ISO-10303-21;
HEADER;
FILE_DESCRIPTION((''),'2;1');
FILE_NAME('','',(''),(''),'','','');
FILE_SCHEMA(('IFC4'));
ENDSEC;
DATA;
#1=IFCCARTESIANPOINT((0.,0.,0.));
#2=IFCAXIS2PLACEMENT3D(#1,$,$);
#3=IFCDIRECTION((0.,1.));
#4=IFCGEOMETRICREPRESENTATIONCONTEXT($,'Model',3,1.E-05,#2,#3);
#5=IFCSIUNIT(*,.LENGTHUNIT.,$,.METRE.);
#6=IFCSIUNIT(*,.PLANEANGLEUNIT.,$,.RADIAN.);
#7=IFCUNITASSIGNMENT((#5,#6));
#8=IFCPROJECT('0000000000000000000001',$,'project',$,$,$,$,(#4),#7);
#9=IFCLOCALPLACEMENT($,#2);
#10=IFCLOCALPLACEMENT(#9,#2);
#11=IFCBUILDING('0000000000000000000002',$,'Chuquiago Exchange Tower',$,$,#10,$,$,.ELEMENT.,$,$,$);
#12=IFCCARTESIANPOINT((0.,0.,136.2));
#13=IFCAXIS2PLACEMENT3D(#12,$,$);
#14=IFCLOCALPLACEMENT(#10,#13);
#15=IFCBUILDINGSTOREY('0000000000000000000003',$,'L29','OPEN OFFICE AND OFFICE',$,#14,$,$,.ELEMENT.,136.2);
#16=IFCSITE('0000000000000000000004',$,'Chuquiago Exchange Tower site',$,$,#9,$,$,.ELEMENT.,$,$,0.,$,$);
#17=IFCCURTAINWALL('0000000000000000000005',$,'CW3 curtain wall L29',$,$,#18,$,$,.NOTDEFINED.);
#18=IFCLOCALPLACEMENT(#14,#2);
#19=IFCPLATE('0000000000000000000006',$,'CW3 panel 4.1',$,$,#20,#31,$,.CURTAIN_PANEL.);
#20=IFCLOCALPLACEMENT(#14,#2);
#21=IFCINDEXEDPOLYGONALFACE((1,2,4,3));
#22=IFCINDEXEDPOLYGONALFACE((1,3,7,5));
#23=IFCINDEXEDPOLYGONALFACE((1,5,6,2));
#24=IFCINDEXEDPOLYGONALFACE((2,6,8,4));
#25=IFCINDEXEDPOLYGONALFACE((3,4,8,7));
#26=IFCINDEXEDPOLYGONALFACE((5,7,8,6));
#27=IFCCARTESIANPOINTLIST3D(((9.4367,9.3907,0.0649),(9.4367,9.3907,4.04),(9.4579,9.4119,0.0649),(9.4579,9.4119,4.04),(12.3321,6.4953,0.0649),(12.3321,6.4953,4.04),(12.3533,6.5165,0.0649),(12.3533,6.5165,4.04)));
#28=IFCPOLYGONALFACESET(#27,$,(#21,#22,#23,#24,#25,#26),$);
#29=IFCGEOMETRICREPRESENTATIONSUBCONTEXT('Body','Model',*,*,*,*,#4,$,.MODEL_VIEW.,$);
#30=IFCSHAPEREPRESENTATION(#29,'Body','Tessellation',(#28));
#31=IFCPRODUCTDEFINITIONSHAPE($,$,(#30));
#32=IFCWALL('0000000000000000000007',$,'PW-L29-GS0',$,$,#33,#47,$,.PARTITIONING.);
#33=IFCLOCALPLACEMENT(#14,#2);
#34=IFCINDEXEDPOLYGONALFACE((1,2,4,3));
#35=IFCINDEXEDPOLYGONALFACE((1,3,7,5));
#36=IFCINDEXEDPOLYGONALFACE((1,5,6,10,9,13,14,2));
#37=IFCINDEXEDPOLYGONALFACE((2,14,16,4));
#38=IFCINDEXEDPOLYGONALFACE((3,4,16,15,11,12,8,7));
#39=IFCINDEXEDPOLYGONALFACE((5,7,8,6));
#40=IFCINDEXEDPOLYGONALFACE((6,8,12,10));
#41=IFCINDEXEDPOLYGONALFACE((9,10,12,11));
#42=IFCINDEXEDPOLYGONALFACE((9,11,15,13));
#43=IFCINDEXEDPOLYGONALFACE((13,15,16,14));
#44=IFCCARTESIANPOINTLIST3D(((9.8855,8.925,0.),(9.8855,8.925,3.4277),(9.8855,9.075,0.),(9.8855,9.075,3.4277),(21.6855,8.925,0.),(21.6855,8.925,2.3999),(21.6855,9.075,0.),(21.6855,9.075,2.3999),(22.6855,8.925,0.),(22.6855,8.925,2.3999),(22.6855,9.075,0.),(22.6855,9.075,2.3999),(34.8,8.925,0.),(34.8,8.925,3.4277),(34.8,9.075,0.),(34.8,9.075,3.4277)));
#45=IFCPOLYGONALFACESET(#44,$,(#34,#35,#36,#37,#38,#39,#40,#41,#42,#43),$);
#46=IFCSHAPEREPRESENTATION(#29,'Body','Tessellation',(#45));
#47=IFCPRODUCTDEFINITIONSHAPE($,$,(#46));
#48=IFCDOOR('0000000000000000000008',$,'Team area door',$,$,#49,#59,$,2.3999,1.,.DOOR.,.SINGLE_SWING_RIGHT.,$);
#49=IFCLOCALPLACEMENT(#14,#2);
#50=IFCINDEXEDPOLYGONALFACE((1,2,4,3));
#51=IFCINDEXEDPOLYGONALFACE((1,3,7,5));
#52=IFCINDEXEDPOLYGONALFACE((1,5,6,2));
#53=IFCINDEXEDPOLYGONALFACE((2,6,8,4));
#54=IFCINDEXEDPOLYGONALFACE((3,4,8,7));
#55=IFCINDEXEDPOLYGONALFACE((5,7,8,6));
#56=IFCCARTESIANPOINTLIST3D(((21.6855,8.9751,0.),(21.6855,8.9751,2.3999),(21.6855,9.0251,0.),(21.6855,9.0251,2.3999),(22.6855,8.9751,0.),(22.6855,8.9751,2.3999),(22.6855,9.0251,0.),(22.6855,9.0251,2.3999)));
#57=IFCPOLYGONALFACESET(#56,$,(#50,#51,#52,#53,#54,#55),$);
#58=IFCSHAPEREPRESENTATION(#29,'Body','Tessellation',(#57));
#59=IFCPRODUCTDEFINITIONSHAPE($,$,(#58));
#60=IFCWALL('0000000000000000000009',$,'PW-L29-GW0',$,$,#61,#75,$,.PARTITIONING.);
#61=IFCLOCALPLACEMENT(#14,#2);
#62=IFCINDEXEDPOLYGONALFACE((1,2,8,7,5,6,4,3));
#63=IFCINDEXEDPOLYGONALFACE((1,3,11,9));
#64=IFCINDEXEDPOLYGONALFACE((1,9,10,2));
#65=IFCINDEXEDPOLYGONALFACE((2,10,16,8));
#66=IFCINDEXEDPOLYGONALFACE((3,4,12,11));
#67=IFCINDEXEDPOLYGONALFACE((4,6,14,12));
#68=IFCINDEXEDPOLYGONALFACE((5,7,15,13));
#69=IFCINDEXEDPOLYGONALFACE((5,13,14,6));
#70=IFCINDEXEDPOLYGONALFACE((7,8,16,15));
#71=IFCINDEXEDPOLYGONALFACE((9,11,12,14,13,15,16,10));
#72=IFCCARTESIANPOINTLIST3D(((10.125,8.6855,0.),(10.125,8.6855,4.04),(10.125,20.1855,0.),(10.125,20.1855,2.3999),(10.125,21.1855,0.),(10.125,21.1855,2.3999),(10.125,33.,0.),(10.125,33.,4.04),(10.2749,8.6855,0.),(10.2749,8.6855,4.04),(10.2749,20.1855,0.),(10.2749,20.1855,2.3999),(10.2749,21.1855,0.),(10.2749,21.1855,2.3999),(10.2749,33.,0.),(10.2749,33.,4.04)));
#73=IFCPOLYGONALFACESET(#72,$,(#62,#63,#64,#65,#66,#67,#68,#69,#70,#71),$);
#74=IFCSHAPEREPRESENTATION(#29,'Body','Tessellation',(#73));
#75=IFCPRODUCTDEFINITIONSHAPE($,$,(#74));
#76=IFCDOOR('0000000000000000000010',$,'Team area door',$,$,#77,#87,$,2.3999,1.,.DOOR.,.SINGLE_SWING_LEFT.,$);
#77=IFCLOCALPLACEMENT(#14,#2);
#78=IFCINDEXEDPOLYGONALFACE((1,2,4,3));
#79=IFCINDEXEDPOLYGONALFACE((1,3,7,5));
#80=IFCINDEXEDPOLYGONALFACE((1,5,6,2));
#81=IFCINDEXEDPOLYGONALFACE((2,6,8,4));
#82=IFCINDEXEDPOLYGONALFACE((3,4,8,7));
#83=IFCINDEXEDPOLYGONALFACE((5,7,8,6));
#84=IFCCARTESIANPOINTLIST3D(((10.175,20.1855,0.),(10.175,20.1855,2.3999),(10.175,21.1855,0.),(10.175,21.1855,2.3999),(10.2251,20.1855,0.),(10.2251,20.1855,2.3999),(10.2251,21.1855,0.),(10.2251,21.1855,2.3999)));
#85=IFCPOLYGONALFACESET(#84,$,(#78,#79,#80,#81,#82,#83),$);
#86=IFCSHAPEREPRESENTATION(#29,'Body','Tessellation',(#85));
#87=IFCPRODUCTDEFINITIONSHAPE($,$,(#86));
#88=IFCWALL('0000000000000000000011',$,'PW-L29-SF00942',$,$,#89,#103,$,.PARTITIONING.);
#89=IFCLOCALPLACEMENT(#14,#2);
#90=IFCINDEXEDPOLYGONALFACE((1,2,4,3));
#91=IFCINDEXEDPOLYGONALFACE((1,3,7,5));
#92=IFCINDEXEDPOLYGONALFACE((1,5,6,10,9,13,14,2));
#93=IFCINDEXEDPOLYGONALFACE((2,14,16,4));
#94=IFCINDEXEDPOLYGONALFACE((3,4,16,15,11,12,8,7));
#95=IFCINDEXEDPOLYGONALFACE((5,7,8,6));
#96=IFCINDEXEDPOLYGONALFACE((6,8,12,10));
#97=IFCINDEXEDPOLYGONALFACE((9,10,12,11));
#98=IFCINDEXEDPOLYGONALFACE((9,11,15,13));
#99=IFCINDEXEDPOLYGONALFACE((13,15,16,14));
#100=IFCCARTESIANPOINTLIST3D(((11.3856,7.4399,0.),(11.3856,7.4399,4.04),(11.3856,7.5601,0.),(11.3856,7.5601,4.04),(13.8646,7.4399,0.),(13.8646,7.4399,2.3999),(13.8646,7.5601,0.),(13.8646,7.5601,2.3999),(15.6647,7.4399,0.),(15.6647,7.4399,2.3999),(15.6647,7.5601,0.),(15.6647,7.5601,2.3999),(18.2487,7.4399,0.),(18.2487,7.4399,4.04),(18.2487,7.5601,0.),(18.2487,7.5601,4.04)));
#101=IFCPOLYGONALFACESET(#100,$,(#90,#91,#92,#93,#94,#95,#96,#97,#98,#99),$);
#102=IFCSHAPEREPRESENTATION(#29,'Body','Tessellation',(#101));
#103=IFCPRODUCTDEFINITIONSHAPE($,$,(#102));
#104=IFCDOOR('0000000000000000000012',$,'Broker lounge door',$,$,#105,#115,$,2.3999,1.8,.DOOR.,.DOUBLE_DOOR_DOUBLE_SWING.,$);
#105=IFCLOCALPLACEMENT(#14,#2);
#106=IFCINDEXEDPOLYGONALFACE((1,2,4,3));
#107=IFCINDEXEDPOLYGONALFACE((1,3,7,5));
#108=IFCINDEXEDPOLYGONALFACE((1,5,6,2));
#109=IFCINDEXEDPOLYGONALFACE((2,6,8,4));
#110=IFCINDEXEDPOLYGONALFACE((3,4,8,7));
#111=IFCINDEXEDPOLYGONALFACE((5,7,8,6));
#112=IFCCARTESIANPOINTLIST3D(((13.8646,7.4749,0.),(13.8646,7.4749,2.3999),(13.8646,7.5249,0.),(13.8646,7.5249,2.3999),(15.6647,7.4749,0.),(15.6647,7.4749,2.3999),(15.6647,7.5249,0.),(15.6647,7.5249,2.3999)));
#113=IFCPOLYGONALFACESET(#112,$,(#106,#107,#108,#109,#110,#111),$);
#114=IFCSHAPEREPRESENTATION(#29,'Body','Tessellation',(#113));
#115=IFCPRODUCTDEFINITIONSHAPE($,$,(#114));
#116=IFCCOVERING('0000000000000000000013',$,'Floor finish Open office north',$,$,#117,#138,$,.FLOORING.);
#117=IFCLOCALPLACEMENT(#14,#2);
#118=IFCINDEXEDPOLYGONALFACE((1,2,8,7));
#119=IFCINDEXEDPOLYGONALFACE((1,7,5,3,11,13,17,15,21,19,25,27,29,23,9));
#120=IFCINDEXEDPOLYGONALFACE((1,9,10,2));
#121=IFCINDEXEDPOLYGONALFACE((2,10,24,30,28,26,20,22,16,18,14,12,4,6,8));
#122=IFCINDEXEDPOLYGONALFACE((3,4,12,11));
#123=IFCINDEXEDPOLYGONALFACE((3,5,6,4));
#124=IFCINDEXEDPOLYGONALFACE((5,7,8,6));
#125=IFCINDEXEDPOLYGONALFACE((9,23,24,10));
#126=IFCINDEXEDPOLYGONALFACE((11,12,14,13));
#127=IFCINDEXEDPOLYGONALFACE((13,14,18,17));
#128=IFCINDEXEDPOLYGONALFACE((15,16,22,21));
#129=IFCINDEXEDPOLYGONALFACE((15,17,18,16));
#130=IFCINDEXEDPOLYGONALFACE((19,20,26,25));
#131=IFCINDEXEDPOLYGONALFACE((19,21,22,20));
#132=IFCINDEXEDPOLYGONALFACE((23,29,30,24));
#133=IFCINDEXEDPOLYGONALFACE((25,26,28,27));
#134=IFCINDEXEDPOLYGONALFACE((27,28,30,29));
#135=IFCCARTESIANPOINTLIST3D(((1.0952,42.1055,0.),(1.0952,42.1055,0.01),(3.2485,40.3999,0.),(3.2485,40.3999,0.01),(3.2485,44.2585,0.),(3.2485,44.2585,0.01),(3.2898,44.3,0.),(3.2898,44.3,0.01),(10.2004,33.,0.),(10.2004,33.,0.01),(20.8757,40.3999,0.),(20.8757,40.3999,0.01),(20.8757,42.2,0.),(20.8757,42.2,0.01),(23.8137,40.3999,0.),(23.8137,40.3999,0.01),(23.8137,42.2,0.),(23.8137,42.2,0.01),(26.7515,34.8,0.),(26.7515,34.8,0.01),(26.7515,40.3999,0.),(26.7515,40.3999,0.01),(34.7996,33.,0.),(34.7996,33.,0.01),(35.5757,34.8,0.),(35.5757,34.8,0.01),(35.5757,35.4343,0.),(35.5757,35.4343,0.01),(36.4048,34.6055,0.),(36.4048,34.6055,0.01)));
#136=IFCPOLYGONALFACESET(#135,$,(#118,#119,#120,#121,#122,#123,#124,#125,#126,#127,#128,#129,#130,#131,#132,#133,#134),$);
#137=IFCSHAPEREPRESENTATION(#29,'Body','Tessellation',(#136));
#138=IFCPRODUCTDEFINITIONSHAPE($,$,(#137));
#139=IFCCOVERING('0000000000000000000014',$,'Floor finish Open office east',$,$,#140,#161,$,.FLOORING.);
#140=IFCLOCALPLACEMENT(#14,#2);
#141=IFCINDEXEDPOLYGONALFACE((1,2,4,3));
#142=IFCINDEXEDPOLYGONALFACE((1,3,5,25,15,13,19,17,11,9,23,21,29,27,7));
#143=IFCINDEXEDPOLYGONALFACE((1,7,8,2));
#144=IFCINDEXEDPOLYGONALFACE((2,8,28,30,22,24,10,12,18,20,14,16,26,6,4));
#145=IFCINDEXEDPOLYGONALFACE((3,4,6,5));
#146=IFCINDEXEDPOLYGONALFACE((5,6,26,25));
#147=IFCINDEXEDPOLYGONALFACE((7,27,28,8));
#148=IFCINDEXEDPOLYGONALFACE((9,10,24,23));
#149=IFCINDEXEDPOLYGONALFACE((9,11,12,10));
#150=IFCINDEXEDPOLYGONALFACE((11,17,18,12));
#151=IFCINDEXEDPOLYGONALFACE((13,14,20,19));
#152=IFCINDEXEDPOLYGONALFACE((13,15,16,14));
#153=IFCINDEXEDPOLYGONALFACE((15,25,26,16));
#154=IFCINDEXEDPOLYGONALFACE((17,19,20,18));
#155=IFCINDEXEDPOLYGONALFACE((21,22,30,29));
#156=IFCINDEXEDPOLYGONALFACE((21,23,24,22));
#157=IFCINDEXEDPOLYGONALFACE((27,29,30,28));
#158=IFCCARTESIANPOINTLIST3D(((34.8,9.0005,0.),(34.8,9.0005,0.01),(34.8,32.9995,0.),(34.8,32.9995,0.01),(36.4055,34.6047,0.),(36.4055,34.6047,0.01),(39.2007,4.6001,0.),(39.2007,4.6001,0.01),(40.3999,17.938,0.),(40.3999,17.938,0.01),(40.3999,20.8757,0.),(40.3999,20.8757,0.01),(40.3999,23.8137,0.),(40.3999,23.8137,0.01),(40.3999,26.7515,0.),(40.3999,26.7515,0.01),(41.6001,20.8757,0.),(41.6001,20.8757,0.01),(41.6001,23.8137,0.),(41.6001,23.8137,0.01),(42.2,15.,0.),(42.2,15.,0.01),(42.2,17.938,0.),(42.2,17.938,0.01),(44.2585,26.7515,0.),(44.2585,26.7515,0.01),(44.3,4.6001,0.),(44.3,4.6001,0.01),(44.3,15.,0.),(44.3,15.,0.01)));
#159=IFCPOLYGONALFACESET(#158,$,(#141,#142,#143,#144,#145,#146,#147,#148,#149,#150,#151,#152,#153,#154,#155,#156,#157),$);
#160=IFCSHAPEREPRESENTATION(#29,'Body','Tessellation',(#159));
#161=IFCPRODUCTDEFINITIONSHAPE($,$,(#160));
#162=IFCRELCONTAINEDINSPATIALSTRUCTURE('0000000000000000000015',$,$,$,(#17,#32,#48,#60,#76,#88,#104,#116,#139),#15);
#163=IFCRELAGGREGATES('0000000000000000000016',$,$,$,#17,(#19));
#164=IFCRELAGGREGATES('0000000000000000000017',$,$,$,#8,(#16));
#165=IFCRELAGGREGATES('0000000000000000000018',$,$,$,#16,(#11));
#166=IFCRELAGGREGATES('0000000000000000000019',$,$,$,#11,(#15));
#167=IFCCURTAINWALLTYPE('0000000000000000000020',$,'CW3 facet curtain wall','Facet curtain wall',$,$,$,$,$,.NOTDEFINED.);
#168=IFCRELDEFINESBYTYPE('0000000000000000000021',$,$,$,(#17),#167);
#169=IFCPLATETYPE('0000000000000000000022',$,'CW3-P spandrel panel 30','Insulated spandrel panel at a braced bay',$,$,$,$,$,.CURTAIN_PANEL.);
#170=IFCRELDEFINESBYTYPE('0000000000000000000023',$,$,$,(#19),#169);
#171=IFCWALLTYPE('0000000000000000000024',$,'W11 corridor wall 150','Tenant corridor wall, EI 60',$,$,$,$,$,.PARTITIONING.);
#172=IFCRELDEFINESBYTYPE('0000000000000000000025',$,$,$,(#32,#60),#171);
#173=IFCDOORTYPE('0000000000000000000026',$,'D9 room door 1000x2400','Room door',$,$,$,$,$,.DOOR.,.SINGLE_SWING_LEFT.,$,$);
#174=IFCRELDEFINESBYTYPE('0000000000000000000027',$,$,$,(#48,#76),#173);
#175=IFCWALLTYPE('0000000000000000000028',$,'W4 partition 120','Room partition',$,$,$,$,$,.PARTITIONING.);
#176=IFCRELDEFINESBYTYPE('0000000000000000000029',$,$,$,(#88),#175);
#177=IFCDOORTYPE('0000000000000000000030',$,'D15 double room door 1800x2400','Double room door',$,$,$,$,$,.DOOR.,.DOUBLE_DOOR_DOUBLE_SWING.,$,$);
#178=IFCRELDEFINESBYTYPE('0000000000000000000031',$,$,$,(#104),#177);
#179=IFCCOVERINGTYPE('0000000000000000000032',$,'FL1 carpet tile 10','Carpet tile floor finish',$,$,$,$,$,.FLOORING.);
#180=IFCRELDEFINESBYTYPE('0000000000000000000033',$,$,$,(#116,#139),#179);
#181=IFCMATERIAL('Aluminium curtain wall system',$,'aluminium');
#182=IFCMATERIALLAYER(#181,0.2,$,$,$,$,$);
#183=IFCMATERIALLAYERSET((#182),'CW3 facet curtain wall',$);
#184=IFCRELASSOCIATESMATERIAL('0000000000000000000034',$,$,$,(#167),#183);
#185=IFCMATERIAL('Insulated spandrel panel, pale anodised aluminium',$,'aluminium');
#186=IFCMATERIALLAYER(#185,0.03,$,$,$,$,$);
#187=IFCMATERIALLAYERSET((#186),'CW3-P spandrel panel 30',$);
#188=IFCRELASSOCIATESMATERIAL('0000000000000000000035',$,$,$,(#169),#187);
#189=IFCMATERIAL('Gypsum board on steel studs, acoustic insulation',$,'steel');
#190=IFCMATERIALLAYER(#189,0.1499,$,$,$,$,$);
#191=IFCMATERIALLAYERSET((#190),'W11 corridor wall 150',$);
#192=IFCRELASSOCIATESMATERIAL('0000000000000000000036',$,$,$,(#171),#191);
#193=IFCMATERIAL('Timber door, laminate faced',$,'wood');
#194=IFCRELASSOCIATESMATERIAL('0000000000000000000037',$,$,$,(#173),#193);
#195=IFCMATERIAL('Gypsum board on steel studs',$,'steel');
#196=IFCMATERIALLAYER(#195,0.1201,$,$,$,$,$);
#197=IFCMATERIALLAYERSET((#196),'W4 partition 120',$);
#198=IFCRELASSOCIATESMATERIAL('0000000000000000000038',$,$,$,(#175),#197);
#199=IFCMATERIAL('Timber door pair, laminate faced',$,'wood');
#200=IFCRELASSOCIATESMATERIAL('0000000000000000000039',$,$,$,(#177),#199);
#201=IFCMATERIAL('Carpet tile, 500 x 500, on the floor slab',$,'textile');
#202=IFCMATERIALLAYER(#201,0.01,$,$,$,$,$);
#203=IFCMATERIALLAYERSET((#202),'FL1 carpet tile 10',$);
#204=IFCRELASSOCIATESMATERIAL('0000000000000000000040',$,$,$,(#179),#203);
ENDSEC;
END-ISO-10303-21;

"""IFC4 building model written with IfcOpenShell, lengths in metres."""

from ifc_helpers import new_model, si_unit, direction, frame, frame_2d, origin, origin_2d, place, context, subcontext, project, spatial, polyline, rectangle, outline, extrude, material, layer, layer_set, type_object, element, fill, aggregate, save


model = new_model("IFC4")

# Units and contexts
model_context = context("Model", 3, precision=1e-05, world=origin(), true_north=direction((0.0, 1.0)))
body_context = subcontext(model_context, "Body", "Model", "MODEL_VIEW")
ifc_project = project(units=[si_unit("LENGTHUNIT", "METRE"), si_unit("PLANEANGLEUNIT", "RADIAN")], contexts=[model_context])

# Site, building, storey
site_placement = place(None, origin())
site = spatial("IfcSite", under=ifc_project, at=site_placement, Name="Chuquiago Exchange Tower site", CompositionType="ELEMENT", RefElevation=0.0)
building_placement = place(site_placement, origin())
building = spatial("IfcBuilding", under=site, at=building_placement, Name="Chuquiago Exchange Tower", CompositionType="ELEMENT")
storey_placement = place(building_placement, frame((0.0, 0.0, 136.2)))
storey = spatial("IfcBuildingStorey", under=building, at=storey_placement, Name="L29", Description="OPEN OFFICE AND OFFICE", CompositionType="ELEMENT", Elevation=136.2)

# Curtain wall
ifc_material_1 = material(Name="Aluminium curtain wall system", Category="aluminium")
ifc_layer_1 = layer(ifc_material_1, 0.2)
ifc_layer_set_1 = layer_set([ifc_layer_1], Name="CW3 facet curtain wall")
curtain_wall_type = type_object("IfcCurtainWallType", Name="CW3 facet curtain wall", Description="Facet curtain wall", PredefinedType="NOTDEFINED", material=ifc_layer_set_1)
curtain_wall_placement = place(storey_placement, origin())
curtain_wall = element("IfcCurtainWall", 1, at=curtain_wall_placement, inside=storey, type_object=curtain_wall_type, Name="CW3 curtain wall L29", PredefinedType="NOTDEFINED")

# Plate
ifc_material_2 = material(Name="Insulated spandrel panel, pale anodised aluminium", Category="aluminium")
ifc_layer_2 = layer(ifc_material_2, 0.03)
ifc_layer_set_2 = layer_set([ifc_layer_2], Name="CW3-P spandrel panel 30")
plate_type = type_object("IfcPlateType", Name="CW3-P spandrel panel 30", Description="Insulated spandrel panel at a braced bay", PredefinedType="CURTAIN_PANEL", material=ifc_layer_set_2)
plate_1_placement = place(storey_placement, frame((10.895, 7.9536, 0.0649), z_axis=(0.0, 0.0, 1.0), x_axis=(0.707107, -0.707107, 0.0)))
plate_1 = element("IfcPlate", 2, at=plate_1_placement, type_object=plate_type, Name="CW3 panel 4.1", PredefinedType="CURTAIN_PANEL", context=body_context, shape_type="SweptSolid", body=[
    extrude(rectangle(XDim=4.0947, YDim=0.03, at=origin_2d()), origin(), (0.0, 0.0, 1.0), 3.9751),
])
aggregate(curtain_wall, [plate_1])

# Walls, openings, doors
ifc_material_3 = material(Name="Gypsum board on steel studs, acoustic insulation", Category="steel")
ifc_layer_3 = layer(ifc_material_3, 0.1499)
ifc_layer_set_3 = layer_set([ifc_layer_3], Name="W11 corridor wall 150")
wall_type_1 = type_object("IfcWallType", Name="W11 corridor wall 150", Description="Tenant corridor wall, EI 60", PredefinedType="PARTITIONING", material=ifc_layer_set_3)
wall_1_placement = place(storey_placement, frame((9.8855, 9.0, 0.0), z_axis=(0.0, 0.0, 1.0), x_axis=(1.0, 0.0, 0.0)))
wall_1 = element("IfcWall", 3, at=wall_1_placement, inside=storey, type_object=wall_type_1, Name="PW-L29-GS0", PredefinedType="PARTITIONING", context=body_context, shape_type="SweptSolid", body=[
    extrude(rectangle(XDim=24.9146, YDim=0.1499, at=frame_2d((12.4573, 0.0))), origin(), (0.0, 0.0, 1.0), 3.4277),
])
opening_1_placement = place(wall_1_placement, frame((11.8, 0.0, 0.0)))
opening_1 = element("IfcOpeningElement", 4, at=opening_1_placement, cuts=wall_1, PredefinedType="OPENING", context=body_context, shape_type="SweptSolid", body=[
    extrude(rectangle(XDim=1.0, YDim=2.3999, at=frame_2d((0.5, 1.2))), frame((0.0, 0.085, 0.0), z_axis=(0.0, -1.0, 0.0), x_axis=(1.0, 0.0, 0.0)), (0.0, 0.0, 1.0), 0.1699),
])
ifc_material_4 = material(Name="Timber door, laminate faced", Category="wood")
door_type_1 = type_object("IfcDoorType", Name="D9 room door 1000x2400", Description="Room door", OperationType="SINGLE_SWING_LEFT", PredefinedType="DOOR", material=ifc_material_4)
door_1_placement = place(opening_1_placement, frame((1.0, 0.0, 0.0), z_axis=(0.0, 0.0, 1.0), x_axis=(-1.0, 0.0, 0.0)))
door_1 = element("IfcDoor", 5, at=door_1_placement, inside=storey, type_object=door_type_1, Name="Team area door", OperationType="SINGLE_SWING_RIGHT", OverallHeight=2.3999, OverallWidth=1.0, PredefinedType="DOOR", context=body_context, shape_type="SweptSolid", body=[
    extrude(rectangle(XDim=1.0, YDim=2.3999, at=frame_2d((0.5, 1.2))), frame((0.0, 0.0249, 0.0), z_axis=(0.0, -1.0, 0.0), x_axis=(1.0, 0.0, 0.0)), (0.0, 0.0, 1.0), 0.05),
])
fill(opening_1, door_1)
wall_2_placement = place(storey_placement, frame((10.2, 8.6855, 0.0), z_axis=(0.0, 0.0, 1.0), x_axis=(0.0, 1.0, 0.0)))
wall_2 = element("IfcWall", 6, at=wall_2_placement, inside=storey, type_object=wall_type_1, Name="PW-L29-GW0", PredefinedType="PARTITIONING", context=body_context, shape_type="SweptSolid", body=[
    extrude(rectangle(XDim=24.3145, YDim=0.1499, at=frame_2d((12.1572, 0.0))), origin(), (0.0, 0.0, 1.0), 4.04),
])
opening_2_placement = place(wall_2_placement, frame((11.5, 0.0, 0.0)))
opening_2 = element("IfcOpeningElement", 7, at=opening_2_placement, cuts=wall_2, PredefinedType="OPENING", context=body_context, shape_type="SweptSolid", body=[
    extrude(rectangle(XDim=1.0, YDim=2.3999, at=frame_2d((0.5, 1.2))), frame((0.0, 0.085, 0.0), z_axis=(0.0, -1.0, 0.0), x_axis=(1.0, 0.0, 0.0)), (0.0, 0.0, 1.0), 0.1699),
])
door_2_placement = place(opening_2_placement, origin())
door_2 = element("IfcDoor", 8, at=door_2_placement, inside=storey, type_object=door_type_1, Name="Team area door", OperationType="SINGLE_SWING_LEFT", OverallHeight=2.3999, OverallWidth=1.0, PredefinedType="DOOR", context=body_context, shape_type="SweptSolid", body=[
    extrude(rectangle(XDim=1.0, YDim=2.3999, at=frame_2d((0.5, 1.2))), frame((0.0, 0.0249, 0.0), z_axis=(0.0, -1.0, 0.0), x_axis=(1.0, 0.0, 0.0)), (0.0, 0.0, 1.0), 0.05),
])
fill(opening_2, door_2)
ifc_material_5 = material(Name="Gypsum board on steel studs", Category="steel")
ifc_layer_4 = layer(ifc_material_5, 0.1201)
ifc_layer_set_4 = layer_set([ifc_layer_4], Name="W4 partition 120")
wall_type_2 = type_object("IfcWallType", Name="W4 partition 120", Description="Room partition", PredefinedType="PARTITIONING", material=ifc_layer_set_4)
wall_3_placement = place(storey_placement, frame((11.3855, 7.5, 0.0), z_axis=(0.0, 0.0, 1.0), x_axis=(1.0, 0.0, 0.0)))
wall_3 = element("IfcWall", 9, at=wall_3_placement, inside=storey, type_object=wall_type_2, Name="PW-L29-SF00942", PredefinedType="PARTITIONING", context=body_context, shape_type="SweptSolid", body=[
    extrude(rectangle(XDim=6.863, YDim=0.1201, at=frame_2d((3.4316, 0.0))), origin(), (0.0, 0.0, 1.0), 4.04),
])
opening_3_placement = place(wall_3_placement, frame((2.4792, 0.0, 0.0)))
opening_3 = element("IfcOpeningElement", 10, at=opening_3_placement, cuts=wall_3, PredefinedType="OPENING", context=body_context, shape_type="SweptSolid", body=[
    extrude(rectangle(XDim=1.8, YDim=2.3999, at=frame_2d((0.8999, 1.2))), frame((0.0, 0.0701, 0.0), z_axis=(0.0, -1.0, 0.0), x_axis=(1.0, 0.0, 0.0)), (0.0, 0.0, 1.0), 0.1401),
])
ifc_material_6 = material(Name="Timber door pair, laminate faced", Category="wood")
door_type_2 = type_object("IfcDoorType", Name="D15 double room door 1800x2400", Description="Double room door", OperationType="DOUBLE_DOOR_DOUBLE_SWING", PredefinedType="DOOR", material=ifc_material_6)
door_3_placement = place(opening_3_placement, origin())
door_3 = element("IfcDoor", 11, at=door_3_placement, inside=storey, type_object=door_type_2, Name="Broker lounge door", OperationType="DOUBLE_DOOR_DOUBLE_SWING", OverallHeight=2.3999, OverallWidth=1.8, PredefinedType="DOOR", context=body_context, shape_type="SweptSolid", body=[
    extrude(rectangle(XDim=1.8, YDim=2.3999, at=frame_2d((0.8999, 1.2))), frame((0.0, 0.0249, 0.0), z_axis=(0.0, -1.0, 0.0), x_axis=(1.0, 0.0, 0.0)), (0.0, 0.0, 1.0), 0.05),
])
fill(opening_3, door_3)

# Coverings
ifc_material_7 = material(Name="Carpet tile, 500 x 500, on the floor slab", Category="textile")
ifc_layer_5 = layer(ifc_material_7, 0.01)
ifc_layer_set_5 = layer_set([ifc_layer_5], Name="FL1 carpet tile 10")
covering_type_1 = type_object("IfcCoveringType", Name="FL1 carpet tile 10", Description="Carpet tile floor finish", PredefinedType="FLOORING", material=ifc_layer_set_5)
covering_1_placement = place(storey_placement, origin())
element("IfcCovering", 12, at=covering_1_placement, inside=storey, type_object=covering_type_1, Name="Floor finish Open office north", PredefinedType="FLOORING", context=body_context, shape_type="SweptSolid", body=[
    extrude(outline(polyline([(3.2485, 44.2585), (3.2485, 40.3999), (20.8757, 40.3999), (20.8757, 42.2), (23.8137, 42.2), (23.8137, 40.3999), (26.7515, 40.3999), (26.7515, 34.8), (35.5757, 34.8), (35.5757, 35.4343), (36.4048, 34.6055), (34.7996, 33.0), (10.2004, 33.0), (1.0952, 42.1055), (3.2898, 44.3), (3.2485, 44.2585)])), origin(), (0.0, 0.0, 1.0), 0.01),
])
covering_2_placement = place(storey_placement, origin())
element("IfcCovering", 13, at=covering_2_placement, inside=storey, type_object=covering_type_1, Name="Floor finish Open office east", PredefinedType="FLOORING", context=body_context, shape_type="SweptSolid", body=[
    extrude(outline(polyline([(44.2585, 26.7515), (40.3999, 26.7515), (40.3999, 23.8137), (41.6001, 23.8137), (41.6001, 20.8757), (40.3999, 20.8757), (40.3999, 17.938), (42.2, 17.938), (42.2, 15.0), (44.3, 15.0), (44.3, 4.6001), (39.2007, 4.6001), (34.8, 9.0005), (34.8, 32.9995), (36.4055, 34.6047), (44.2585, 26.7515)])), origin(), (0.0, 0.0, 1.0), 0.01),
])

save(model, "model.ifc")
